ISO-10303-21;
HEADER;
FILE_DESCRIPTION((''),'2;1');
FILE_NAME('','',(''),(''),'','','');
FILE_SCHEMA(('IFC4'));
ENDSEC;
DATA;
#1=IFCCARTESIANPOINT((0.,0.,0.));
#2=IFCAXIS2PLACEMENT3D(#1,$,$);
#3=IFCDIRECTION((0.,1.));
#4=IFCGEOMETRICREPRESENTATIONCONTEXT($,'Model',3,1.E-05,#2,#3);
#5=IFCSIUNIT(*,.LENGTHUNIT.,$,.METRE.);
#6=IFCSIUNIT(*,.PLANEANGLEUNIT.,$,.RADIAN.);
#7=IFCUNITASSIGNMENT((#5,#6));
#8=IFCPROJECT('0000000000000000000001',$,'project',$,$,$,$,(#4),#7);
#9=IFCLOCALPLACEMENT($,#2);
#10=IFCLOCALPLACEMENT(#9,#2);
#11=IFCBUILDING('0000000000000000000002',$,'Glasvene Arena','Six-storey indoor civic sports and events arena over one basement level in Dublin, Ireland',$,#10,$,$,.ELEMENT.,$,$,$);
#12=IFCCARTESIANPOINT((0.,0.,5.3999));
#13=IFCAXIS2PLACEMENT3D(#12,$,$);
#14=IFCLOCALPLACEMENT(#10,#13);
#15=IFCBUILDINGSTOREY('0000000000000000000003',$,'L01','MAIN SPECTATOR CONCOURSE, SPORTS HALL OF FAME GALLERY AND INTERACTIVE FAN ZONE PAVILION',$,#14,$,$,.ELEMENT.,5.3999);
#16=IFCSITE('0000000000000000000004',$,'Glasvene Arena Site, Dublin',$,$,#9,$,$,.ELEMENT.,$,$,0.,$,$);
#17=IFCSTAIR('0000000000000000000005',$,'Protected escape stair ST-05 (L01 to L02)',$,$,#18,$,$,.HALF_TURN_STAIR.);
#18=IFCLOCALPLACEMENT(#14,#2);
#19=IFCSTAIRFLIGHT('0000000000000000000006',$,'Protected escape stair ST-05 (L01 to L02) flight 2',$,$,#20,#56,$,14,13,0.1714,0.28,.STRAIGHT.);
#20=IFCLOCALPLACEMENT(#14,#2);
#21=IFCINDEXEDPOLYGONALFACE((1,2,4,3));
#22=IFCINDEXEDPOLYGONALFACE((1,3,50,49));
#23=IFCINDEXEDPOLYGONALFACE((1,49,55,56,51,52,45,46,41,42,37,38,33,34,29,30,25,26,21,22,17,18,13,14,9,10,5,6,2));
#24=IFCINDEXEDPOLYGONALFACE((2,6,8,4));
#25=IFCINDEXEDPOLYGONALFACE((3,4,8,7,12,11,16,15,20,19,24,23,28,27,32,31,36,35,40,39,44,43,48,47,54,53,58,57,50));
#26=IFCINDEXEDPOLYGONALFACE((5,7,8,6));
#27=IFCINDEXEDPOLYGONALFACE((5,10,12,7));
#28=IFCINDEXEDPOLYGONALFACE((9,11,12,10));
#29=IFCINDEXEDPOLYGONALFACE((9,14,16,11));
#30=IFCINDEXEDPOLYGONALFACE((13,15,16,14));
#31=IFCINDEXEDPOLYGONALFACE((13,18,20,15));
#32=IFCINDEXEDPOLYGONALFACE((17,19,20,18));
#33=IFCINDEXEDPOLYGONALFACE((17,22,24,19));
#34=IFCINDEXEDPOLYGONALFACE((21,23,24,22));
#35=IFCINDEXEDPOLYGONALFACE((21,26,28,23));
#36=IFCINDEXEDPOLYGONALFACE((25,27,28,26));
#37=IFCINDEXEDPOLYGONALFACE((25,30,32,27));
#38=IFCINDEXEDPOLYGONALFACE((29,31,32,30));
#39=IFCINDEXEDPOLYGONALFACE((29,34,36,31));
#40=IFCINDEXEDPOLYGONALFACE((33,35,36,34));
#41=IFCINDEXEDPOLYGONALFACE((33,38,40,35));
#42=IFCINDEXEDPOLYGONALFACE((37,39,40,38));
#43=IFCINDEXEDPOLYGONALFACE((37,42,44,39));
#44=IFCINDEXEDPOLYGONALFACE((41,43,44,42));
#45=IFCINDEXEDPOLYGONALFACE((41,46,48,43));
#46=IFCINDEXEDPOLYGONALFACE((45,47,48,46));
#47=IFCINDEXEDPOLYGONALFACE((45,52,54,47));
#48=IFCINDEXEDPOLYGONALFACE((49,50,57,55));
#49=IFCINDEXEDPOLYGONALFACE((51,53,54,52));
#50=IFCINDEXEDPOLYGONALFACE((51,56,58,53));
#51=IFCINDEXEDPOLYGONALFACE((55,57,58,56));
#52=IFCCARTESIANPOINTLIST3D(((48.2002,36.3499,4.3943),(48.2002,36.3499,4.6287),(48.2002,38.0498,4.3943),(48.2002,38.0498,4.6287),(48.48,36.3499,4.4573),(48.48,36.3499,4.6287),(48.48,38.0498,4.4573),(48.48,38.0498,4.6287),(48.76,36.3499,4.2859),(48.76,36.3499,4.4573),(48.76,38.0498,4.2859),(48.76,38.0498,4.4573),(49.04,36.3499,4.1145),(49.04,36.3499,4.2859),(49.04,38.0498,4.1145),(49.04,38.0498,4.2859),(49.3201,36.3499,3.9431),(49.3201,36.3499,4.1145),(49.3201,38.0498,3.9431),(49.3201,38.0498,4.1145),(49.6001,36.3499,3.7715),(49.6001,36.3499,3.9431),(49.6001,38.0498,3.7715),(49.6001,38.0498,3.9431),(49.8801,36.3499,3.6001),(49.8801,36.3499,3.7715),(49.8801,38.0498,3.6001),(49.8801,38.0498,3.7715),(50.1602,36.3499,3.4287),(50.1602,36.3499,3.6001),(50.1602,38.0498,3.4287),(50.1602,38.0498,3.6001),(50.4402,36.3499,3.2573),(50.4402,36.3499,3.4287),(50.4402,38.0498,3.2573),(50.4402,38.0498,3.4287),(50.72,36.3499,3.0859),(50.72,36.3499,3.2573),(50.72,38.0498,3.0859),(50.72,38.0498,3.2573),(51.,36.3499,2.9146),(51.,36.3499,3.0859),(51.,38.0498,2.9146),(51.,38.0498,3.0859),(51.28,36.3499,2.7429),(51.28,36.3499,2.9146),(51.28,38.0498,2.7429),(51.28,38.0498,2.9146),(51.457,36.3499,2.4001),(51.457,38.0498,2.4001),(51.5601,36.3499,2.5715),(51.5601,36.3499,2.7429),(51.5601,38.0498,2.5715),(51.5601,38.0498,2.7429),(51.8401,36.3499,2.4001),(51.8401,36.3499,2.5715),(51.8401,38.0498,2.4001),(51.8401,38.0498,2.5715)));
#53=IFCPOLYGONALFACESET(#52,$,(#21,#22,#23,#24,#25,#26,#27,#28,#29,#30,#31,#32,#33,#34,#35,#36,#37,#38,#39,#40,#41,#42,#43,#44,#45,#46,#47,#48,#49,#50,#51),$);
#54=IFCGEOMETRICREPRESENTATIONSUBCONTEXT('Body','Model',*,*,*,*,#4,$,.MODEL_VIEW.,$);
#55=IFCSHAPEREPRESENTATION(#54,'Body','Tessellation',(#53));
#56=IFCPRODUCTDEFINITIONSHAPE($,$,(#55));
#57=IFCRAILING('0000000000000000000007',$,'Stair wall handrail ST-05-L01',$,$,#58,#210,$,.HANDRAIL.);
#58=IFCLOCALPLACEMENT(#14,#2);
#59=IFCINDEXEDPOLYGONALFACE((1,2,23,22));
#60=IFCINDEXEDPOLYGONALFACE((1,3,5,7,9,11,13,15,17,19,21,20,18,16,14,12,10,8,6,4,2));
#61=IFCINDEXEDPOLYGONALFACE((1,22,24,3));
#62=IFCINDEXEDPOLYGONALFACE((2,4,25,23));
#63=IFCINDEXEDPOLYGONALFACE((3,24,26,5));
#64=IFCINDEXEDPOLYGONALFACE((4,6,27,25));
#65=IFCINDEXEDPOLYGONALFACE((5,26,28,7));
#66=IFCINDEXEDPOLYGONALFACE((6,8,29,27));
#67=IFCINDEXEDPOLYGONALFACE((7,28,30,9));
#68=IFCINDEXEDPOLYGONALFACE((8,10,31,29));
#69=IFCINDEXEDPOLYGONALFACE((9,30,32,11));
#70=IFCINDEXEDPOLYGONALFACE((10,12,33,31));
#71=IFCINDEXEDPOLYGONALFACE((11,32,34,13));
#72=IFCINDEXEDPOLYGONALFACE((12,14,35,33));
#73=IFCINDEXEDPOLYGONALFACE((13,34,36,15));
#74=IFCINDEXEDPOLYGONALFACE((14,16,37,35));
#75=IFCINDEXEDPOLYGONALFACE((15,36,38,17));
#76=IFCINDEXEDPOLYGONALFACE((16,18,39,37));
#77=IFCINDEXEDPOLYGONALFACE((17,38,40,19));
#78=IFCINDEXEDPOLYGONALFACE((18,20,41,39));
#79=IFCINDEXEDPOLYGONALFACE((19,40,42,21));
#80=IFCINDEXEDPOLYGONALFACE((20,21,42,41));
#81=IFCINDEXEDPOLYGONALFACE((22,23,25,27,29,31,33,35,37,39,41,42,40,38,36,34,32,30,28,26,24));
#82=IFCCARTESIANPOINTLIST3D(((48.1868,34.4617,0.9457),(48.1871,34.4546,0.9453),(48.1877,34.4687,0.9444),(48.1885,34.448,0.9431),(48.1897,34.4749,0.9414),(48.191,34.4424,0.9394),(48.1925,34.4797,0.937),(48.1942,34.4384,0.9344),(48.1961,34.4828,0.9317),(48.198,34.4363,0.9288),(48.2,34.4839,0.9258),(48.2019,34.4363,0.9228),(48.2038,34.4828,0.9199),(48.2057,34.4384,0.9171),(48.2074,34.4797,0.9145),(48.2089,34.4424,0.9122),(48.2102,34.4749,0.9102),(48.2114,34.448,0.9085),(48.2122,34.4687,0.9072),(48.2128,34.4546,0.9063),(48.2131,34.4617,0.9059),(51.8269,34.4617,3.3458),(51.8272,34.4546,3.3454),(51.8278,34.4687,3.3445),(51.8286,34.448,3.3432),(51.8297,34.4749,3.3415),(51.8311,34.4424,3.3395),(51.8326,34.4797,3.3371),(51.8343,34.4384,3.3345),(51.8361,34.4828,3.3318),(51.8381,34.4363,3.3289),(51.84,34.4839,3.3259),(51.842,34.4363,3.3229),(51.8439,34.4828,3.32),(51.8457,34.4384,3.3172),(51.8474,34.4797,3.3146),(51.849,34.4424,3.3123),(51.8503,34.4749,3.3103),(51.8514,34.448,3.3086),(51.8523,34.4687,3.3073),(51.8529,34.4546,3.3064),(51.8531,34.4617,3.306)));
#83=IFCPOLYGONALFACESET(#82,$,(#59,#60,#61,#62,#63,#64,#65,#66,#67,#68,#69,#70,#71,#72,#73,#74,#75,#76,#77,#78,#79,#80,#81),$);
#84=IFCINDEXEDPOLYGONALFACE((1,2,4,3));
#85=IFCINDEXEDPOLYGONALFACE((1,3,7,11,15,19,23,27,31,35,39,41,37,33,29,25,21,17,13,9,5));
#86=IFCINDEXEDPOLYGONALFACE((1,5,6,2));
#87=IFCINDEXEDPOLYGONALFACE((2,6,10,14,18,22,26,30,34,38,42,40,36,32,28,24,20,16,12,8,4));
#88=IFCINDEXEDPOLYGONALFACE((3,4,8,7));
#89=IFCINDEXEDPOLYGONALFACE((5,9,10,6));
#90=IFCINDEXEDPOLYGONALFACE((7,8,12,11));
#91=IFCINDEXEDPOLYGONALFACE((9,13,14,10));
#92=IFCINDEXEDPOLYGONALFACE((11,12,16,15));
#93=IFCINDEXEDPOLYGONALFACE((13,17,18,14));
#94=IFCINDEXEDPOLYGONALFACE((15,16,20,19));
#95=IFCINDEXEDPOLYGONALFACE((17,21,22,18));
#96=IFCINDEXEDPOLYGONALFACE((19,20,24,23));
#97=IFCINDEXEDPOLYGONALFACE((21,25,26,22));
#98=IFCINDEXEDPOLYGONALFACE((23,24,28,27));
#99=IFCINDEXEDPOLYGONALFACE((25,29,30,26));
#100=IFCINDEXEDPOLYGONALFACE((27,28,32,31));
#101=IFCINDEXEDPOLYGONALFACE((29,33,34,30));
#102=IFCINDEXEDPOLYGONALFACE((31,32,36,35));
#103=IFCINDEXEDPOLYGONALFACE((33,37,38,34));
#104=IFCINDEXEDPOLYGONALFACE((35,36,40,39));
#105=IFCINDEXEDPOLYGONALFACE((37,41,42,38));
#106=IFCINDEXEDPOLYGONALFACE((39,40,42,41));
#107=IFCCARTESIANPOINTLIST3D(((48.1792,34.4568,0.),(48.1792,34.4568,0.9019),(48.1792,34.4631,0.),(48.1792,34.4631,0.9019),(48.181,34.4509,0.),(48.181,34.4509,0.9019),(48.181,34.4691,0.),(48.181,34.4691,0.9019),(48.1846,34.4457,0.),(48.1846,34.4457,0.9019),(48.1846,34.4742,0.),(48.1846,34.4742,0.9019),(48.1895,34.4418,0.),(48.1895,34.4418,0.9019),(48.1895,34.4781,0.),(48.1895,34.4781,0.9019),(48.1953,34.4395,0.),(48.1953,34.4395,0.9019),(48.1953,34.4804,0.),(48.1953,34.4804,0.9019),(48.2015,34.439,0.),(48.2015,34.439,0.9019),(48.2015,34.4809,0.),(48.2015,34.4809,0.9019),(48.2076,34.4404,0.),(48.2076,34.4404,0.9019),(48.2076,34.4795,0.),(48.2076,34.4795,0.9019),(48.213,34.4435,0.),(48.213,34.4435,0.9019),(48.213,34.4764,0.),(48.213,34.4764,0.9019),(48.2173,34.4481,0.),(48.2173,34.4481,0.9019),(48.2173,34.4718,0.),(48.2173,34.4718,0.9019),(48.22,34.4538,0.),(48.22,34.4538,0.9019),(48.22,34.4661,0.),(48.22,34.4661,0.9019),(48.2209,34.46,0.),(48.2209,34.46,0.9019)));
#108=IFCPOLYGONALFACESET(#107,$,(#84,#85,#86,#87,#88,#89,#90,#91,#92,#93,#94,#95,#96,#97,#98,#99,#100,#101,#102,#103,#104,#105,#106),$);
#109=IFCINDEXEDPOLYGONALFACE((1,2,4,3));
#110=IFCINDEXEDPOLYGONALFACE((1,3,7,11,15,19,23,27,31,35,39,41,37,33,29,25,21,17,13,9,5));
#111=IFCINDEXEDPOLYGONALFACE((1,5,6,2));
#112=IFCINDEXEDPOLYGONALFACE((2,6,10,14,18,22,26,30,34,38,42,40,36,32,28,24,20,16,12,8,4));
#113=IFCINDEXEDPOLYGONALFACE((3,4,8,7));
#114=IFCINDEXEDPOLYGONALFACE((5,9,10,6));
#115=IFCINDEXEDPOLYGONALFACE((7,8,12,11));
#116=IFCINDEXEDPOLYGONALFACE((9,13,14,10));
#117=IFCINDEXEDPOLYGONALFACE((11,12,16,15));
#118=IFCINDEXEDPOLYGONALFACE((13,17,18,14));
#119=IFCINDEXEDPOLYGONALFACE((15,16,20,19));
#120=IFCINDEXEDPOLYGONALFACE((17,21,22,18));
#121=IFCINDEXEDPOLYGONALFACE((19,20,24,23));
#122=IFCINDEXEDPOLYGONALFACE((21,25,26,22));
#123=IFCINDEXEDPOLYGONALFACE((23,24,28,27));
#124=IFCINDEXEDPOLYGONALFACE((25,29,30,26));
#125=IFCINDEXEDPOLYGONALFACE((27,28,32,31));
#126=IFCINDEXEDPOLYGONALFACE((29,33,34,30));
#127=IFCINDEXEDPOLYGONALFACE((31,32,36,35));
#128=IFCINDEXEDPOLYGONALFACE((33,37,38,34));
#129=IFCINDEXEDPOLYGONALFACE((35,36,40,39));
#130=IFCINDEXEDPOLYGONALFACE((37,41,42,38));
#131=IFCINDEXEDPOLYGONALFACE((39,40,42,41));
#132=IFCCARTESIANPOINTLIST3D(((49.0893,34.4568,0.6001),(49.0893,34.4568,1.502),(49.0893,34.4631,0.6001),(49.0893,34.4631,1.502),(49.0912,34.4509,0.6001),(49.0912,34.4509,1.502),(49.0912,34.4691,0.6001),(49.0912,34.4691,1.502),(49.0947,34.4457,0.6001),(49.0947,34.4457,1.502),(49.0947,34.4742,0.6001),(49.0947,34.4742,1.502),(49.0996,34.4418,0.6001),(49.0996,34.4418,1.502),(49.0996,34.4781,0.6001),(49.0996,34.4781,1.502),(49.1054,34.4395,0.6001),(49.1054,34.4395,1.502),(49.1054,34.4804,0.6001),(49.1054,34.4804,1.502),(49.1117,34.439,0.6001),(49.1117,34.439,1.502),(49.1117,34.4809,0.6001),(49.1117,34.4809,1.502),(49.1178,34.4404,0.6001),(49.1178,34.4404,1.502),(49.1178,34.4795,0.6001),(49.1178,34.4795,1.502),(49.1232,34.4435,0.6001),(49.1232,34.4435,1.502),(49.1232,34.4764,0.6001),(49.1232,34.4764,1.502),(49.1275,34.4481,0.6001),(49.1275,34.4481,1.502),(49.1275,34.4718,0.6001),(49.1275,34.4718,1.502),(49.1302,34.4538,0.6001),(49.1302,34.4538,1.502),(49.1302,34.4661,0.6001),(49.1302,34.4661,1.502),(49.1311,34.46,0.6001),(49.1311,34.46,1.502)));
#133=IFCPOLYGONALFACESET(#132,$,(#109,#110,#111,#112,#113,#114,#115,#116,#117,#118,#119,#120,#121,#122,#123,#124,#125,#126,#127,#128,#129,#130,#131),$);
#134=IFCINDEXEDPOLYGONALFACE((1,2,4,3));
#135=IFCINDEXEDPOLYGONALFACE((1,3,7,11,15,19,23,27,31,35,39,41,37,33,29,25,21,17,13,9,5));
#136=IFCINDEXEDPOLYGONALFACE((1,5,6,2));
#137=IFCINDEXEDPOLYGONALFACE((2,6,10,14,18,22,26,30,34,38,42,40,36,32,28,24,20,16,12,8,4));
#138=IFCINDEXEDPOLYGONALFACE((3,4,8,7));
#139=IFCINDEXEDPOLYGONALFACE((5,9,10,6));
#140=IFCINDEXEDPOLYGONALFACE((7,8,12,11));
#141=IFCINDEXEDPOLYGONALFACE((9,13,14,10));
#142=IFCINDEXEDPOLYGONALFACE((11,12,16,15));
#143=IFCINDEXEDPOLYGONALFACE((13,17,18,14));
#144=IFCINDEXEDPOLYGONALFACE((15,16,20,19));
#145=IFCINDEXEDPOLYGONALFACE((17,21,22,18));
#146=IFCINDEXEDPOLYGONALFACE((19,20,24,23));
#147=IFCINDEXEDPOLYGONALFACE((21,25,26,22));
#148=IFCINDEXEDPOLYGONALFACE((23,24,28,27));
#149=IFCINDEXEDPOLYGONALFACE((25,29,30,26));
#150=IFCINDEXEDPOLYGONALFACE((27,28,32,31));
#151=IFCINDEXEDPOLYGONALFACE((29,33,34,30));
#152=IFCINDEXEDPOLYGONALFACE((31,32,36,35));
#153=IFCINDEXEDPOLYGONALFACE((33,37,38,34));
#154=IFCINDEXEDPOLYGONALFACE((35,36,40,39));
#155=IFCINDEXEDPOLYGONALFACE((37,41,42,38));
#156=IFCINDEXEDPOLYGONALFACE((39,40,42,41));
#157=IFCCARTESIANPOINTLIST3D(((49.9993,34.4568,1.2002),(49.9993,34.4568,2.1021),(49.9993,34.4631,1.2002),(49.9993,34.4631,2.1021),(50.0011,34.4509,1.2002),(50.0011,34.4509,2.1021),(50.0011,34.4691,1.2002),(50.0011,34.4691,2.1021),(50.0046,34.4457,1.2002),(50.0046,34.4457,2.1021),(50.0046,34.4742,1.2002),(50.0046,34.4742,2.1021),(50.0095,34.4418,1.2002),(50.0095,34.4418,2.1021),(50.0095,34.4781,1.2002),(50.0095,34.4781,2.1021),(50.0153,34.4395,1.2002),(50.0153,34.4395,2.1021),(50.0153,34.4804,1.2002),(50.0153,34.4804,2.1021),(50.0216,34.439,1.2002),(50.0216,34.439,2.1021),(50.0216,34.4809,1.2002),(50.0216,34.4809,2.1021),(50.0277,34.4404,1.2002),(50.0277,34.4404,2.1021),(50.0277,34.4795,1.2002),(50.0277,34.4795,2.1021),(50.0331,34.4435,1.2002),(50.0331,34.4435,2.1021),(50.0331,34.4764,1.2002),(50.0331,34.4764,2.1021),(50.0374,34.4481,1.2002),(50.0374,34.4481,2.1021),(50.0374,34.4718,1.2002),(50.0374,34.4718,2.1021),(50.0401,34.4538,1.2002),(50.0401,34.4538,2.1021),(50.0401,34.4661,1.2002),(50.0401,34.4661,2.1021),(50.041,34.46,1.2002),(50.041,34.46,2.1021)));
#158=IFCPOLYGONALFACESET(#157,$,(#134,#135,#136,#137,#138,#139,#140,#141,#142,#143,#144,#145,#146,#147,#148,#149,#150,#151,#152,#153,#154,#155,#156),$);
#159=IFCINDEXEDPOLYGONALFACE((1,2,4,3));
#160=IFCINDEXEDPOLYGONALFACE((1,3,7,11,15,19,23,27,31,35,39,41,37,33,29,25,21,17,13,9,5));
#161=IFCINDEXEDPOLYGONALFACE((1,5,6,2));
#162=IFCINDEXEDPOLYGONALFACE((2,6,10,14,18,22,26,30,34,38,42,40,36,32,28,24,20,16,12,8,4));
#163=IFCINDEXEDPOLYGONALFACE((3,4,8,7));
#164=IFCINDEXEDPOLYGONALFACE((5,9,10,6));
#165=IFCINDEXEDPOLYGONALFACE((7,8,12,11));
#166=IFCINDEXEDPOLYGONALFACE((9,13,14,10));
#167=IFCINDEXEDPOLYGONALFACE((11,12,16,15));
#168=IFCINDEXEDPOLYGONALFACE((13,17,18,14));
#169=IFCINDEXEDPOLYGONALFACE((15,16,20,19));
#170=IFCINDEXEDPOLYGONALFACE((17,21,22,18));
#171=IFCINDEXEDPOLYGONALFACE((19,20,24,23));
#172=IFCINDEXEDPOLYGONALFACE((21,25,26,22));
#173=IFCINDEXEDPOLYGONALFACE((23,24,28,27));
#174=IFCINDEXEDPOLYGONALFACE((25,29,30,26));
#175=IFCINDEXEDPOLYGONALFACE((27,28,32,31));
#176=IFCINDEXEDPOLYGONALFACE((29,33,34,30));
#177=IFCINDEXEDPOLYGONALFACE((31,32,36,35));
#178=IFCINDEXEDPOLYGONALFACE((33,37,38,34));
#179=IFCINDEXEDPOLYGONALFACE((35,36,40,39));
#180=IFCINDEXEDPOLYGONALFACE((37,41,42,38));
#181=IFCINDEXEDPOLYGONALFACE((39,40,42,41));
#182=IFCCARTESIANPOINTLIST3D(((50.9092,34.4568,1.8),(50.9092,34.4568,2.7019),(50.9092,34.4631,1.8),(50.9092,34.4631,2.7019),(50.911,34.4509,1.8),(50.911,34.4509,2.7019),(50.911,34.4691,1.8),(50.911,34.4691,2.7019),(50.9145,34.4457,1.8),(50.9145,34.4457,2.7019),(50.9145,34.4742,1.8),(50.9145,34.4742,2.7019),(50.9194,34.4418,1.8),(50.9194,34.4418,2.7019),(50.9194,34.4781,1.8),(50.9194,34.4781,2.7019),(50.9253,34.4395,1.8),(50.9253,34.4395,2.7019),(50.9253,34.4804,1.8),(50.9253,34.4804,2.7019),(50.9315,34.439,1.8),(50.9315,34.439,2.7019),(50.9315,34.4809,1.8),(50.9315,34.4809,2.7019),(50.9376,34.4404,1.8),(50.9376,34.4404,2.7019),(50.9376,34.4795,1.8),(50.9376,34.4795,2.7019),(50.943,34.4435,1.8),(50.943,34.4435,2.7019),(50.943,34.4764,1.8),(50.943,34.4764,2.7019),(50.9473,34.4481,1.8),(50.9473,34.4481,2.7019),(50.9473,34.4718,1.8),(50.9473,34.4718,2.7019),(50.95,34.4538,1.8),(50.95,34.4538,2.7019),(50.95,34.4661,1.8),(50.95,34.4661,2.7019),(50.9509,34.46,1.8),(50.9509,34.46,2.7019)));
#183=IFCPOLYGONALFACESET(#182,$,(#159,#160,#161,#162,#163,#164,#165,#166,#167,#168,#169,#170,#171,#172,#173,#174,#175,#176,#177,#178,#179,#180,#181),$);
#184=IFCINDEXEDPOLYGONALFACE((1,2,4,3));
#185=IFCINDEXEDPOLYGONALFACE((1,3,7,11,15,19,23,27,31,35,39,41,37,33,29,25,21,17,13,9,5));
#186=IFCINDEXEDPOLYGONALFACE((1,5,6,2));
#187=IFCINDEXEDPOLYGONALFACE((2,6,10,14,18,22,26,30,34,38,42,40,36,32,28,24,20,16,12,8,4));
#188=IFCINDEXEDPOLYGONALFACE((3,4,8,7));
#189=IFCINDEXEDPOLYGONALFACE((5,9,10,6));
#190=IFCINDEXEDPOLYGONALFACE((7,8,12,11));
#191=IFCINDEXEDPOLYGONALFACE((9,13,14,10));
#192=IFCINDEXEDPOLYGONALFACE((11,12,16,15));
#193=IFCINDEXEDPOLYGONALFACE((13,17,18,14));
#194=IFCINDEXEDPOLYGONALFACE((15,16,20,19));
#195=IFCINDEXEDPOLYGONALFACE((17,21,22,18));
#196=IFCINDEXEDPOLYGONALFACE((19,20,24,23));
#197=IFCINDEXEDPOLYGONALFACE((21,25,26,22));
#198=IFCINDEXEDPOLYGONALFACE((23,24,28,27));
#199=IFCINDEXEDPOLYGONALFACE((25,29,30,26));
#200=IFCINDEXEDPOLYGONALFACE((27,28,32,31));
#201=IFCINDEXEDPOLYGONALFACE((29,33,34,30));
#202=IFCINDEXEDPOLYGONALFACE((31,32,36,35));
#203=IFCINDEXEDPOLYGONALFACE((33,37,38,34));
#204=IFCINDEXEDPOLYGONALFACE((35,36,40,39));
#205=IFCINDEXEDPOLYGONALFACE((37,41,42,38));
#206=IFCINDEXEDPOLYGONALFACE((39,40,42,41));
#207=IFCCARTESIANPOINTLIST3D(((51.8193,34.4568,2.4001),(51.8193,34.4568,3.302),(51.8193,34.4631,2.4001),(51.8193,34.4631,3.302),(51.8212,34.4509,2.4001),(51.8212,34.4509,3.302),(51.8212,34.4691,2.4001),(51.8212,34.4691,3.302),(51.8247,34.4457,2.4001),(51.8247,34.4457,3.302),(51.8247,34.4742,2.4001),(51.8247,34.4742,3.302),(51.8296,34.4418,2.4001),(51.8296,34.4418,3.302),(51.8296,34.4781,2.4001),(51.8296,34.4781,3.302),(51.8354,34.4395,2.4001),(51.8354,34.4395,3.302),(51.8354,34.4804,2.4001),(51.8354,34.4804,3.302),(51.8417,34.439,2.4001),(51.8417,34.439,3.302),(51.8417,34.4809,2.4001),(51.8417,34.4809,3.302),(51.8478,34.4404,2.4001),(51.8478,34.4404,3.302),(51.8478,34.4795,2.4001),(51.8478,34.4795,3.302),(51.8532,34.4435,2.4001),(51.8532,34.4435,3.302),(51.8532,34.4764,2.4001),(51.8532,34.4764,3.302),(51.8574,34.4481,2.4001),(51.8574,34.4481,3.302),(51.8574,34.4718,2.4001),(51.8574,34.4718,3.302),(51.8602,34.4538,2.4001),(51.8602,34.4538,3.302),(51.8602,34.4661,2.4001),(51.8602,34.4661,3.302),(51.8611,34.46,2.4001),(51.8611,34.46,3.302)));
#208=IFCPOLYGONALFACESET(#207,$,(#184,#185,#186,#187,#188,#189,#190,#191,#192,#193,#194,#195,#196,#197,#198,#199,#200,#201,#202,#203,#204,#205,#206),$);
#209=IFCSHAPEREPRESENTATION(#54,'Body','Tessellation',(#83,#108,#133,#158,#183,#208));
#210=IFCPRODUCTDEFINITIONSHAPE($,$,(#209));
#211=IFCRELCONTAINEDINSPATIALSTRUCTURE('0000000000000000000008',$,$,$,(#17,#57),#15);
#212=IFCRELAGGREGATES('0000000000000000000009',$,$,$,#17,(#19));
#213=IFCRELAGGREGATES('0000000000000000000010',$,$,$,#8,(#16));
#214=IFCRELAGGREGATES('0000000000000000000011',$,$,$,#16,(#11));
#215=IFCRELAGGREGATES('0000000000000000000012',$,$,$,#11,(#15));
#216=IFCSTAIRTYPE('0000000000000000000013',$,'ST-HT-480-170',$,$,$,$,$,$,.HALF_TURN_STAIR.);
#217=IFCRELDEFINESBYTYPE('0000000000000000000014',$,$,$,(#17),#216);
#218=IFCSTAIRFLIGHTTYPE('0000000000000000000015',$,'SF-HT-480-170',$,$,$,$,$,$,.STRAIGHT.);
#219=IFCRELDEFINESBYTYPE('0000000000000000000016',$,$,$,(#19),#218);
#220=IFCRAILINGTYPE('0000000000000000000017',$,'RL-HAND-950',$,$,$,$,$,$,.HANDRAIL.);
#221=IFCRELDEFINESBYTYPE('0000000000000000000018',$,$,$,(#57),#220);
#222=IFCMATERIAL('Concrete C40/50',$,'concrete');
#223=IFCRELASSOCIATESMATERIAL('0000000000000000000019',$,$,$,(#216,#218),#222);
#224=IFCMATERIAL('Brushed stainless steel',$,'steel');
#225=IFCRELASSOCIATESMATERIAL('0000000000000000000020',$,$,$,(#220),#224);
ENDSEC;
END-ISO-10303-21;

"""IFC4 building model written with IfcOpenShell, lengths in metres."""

from ifc_helpers import new_model, si_unit, direction, frame, origin, origin_2d, place, context, subcontext, project, spatial, polyline, circle, outline, extrude, material, type_object, element, aggregate, save


model = new_model("IFC4")

# Units and contexts
model_context = context("Model", 3, precision=1e-05, world=origin(), true_north=direction((0.0, 1.0)))
body_context = subcontext(model_context, "Body", "Model", "MODEL_VIEW")
ifc_project = project(units=[si_unit("LENGTHUNIT", "METRE"), si_unit("PLANEANGLEUNIT", "RADIAN")], contexts=[model_context])

# Site, building, storey
site_placement = place(None, origin())
site = spatial("IfcSite", under=ifc_project, at=site_placement, Name="Glasvene Arena Site, Dublin", CompositionType="ELEMENT", RefElevation=0.0)
building_placement = place(site_placement, origin())
building = spatial("IfcBuilding", under=site, at=building_placement, Name="Glasvene Arena", Description="Six-storey indoor civic sports and events arena over one basement level in Dublin, Ireland", CompositionType="ELEMENT")
storey_placement = place(building_placement, frame((0.0, 0.0, 5.3999)))
storey = spatial("IfcBuildingStorey", under=building, at=storey_placement, Name="L01", Description="MAIN SPECTATOR CONCOURSE, SPORTS HALL OF FAME GALLERY AND INTERACTIVE FAN ZONE PAVILION", CompositionType="ELEMENT", Elevation=5.3999)

# Stair
ifc_material_1 = material(Name="Concrete C40/50", Category="concrete")
stair_type = type_object("IfcStairType", Name="ST-HT-480-170", PredefinedType="HALF_TURN_STAIR", material=ifc_material_1)
stair_placement = place(storey_placement, origin())
stair = element("IfcStair", 1, at=stair_placement, inside=storey, type_object=stair_type, Name="Protected escape stair ST-05 (L01 to L02)", PredefinedType="HALF_TURN_STAIR")

# Shared definitions
ifc_material_2 = material(Name="Brushed stainless steel", Category="steel")

# Stair flight
stair_flight_type = type_object("IfcStairFlightType", Name="SF-HT-480-170", PredefinedType="STRAIGHT", material=ifc_material_1)
stair_flight_1_placement = place(storey_placement, frame((51.8401, 37.2, 2.4001), z_axis=(0.0, 0.0, 1.0), x_axis=(-1.0, 0.0, 0.0)))
stair_flight_1 = element("IfcStairFlight", 2, at=stair_flight_1_placement, type_object=stair_flight_type, Name="Protected escape stair ST-05 (L01 to L02) flight 2", NumberOfRisers=14, NumberOfTreads=13, PredefinedType="STRAIGHT", RiserHeight=0.1714, TreadLength=0.28, context=body_context, shape_type="SweptSolid", body=[
    extrude(outline(polyline([(0.0, 0.0), (0.0, 0.1714), (0.28, 0.1714), (0.28, 0.3428), (0.5601, 0.3428), (0.5601, 0.5144), (0.8401, 0.5144), (0.8401, 0.6858), (1.1201, 0.6858), (1.1201, 0.8572), (1.3999, 0.8572), (1.3999, 1.0286), (1.6799, 1.0286), (1.6799, 1.2), (1.96, 1.2), (1.96, 1.3713), (2.24, 1.3713), (2.24, 1.543), (2.52, 1.543), (2.52, 1.7144), (2.8, 1.7144), (2.8, 1.8857), (3.0801, 1.8857), (3.0801, 2.0571), (3.3601, 2.0571), (3.3601, 2.2285), (3.6399, 2.2285), (3.6399, 2.3999), (3.6399, 1.9941), (0.3831, 0.0), (0.0, 0.0)])), frame((0.0, 0.8501, 0.0), z_axis=(0.0, -1.0, 0.0), x_axis=(1.0, 0.0, 0.0)), (0.0, 0.0, 1.0), 1.7),
])
aggregate(stair, [stair_flight_1])

# Railing
railing_type_1 = type_object("IfcRailingType", Name="RL-HAND-950", PredefinedType="HANDRAIL", material=ifc_material_2)
railing_1_placement = place(storey_placement, frame((48.2, 34.46, 0.0)))
element("IfcRailing", 3, at=railing_1_placement, inside=storey, type_object=railing_type_1, Name="Stair wall handrail ST-05-L01", PredefinedType="HANDRAIL", context=body_context, shape_type="SweptSolid", body=[
    extrude(circle(Radius=0.0239, at=origin_2d()), frame((0.0, 0.0, 0.9258), z_axis=(0.834856, 0.0, 0.550468), x_axis=(0.0, 1.0, 0.0)), (0.0, 0.0, 1.0), 4.3601),
    extrude(circle(Radius=0.021, at=origin_2d()), origin(), (0.0, 0.0, 1.0), 0.9019),
    extrude(circle(Radius=0.021, at=origin_2d()), frame((0.9102, 0.0, 0.6001)), (0.0, 0.0, 1.0), 0.9019),
    extrude(circle(Radius=0.021, at=origin_2d()), frame((1.8201, 0.0, 1.2002)), (0.0, 0.0, 1.0), 0.9019),
    extrude(circle(Radius=0.021, at=origin_2d()), frame((2.73, 0.0, 1.8)), (0.0, 0.0, 1.0), 0.9019),
    extrude(circle(Radius=0.021, at=origin_2d()), frame((3.6401, 0.0, 2.4001)), (0.0, 0.0, 1.0), 0.9019),
])

save(model, "model.ifc")
